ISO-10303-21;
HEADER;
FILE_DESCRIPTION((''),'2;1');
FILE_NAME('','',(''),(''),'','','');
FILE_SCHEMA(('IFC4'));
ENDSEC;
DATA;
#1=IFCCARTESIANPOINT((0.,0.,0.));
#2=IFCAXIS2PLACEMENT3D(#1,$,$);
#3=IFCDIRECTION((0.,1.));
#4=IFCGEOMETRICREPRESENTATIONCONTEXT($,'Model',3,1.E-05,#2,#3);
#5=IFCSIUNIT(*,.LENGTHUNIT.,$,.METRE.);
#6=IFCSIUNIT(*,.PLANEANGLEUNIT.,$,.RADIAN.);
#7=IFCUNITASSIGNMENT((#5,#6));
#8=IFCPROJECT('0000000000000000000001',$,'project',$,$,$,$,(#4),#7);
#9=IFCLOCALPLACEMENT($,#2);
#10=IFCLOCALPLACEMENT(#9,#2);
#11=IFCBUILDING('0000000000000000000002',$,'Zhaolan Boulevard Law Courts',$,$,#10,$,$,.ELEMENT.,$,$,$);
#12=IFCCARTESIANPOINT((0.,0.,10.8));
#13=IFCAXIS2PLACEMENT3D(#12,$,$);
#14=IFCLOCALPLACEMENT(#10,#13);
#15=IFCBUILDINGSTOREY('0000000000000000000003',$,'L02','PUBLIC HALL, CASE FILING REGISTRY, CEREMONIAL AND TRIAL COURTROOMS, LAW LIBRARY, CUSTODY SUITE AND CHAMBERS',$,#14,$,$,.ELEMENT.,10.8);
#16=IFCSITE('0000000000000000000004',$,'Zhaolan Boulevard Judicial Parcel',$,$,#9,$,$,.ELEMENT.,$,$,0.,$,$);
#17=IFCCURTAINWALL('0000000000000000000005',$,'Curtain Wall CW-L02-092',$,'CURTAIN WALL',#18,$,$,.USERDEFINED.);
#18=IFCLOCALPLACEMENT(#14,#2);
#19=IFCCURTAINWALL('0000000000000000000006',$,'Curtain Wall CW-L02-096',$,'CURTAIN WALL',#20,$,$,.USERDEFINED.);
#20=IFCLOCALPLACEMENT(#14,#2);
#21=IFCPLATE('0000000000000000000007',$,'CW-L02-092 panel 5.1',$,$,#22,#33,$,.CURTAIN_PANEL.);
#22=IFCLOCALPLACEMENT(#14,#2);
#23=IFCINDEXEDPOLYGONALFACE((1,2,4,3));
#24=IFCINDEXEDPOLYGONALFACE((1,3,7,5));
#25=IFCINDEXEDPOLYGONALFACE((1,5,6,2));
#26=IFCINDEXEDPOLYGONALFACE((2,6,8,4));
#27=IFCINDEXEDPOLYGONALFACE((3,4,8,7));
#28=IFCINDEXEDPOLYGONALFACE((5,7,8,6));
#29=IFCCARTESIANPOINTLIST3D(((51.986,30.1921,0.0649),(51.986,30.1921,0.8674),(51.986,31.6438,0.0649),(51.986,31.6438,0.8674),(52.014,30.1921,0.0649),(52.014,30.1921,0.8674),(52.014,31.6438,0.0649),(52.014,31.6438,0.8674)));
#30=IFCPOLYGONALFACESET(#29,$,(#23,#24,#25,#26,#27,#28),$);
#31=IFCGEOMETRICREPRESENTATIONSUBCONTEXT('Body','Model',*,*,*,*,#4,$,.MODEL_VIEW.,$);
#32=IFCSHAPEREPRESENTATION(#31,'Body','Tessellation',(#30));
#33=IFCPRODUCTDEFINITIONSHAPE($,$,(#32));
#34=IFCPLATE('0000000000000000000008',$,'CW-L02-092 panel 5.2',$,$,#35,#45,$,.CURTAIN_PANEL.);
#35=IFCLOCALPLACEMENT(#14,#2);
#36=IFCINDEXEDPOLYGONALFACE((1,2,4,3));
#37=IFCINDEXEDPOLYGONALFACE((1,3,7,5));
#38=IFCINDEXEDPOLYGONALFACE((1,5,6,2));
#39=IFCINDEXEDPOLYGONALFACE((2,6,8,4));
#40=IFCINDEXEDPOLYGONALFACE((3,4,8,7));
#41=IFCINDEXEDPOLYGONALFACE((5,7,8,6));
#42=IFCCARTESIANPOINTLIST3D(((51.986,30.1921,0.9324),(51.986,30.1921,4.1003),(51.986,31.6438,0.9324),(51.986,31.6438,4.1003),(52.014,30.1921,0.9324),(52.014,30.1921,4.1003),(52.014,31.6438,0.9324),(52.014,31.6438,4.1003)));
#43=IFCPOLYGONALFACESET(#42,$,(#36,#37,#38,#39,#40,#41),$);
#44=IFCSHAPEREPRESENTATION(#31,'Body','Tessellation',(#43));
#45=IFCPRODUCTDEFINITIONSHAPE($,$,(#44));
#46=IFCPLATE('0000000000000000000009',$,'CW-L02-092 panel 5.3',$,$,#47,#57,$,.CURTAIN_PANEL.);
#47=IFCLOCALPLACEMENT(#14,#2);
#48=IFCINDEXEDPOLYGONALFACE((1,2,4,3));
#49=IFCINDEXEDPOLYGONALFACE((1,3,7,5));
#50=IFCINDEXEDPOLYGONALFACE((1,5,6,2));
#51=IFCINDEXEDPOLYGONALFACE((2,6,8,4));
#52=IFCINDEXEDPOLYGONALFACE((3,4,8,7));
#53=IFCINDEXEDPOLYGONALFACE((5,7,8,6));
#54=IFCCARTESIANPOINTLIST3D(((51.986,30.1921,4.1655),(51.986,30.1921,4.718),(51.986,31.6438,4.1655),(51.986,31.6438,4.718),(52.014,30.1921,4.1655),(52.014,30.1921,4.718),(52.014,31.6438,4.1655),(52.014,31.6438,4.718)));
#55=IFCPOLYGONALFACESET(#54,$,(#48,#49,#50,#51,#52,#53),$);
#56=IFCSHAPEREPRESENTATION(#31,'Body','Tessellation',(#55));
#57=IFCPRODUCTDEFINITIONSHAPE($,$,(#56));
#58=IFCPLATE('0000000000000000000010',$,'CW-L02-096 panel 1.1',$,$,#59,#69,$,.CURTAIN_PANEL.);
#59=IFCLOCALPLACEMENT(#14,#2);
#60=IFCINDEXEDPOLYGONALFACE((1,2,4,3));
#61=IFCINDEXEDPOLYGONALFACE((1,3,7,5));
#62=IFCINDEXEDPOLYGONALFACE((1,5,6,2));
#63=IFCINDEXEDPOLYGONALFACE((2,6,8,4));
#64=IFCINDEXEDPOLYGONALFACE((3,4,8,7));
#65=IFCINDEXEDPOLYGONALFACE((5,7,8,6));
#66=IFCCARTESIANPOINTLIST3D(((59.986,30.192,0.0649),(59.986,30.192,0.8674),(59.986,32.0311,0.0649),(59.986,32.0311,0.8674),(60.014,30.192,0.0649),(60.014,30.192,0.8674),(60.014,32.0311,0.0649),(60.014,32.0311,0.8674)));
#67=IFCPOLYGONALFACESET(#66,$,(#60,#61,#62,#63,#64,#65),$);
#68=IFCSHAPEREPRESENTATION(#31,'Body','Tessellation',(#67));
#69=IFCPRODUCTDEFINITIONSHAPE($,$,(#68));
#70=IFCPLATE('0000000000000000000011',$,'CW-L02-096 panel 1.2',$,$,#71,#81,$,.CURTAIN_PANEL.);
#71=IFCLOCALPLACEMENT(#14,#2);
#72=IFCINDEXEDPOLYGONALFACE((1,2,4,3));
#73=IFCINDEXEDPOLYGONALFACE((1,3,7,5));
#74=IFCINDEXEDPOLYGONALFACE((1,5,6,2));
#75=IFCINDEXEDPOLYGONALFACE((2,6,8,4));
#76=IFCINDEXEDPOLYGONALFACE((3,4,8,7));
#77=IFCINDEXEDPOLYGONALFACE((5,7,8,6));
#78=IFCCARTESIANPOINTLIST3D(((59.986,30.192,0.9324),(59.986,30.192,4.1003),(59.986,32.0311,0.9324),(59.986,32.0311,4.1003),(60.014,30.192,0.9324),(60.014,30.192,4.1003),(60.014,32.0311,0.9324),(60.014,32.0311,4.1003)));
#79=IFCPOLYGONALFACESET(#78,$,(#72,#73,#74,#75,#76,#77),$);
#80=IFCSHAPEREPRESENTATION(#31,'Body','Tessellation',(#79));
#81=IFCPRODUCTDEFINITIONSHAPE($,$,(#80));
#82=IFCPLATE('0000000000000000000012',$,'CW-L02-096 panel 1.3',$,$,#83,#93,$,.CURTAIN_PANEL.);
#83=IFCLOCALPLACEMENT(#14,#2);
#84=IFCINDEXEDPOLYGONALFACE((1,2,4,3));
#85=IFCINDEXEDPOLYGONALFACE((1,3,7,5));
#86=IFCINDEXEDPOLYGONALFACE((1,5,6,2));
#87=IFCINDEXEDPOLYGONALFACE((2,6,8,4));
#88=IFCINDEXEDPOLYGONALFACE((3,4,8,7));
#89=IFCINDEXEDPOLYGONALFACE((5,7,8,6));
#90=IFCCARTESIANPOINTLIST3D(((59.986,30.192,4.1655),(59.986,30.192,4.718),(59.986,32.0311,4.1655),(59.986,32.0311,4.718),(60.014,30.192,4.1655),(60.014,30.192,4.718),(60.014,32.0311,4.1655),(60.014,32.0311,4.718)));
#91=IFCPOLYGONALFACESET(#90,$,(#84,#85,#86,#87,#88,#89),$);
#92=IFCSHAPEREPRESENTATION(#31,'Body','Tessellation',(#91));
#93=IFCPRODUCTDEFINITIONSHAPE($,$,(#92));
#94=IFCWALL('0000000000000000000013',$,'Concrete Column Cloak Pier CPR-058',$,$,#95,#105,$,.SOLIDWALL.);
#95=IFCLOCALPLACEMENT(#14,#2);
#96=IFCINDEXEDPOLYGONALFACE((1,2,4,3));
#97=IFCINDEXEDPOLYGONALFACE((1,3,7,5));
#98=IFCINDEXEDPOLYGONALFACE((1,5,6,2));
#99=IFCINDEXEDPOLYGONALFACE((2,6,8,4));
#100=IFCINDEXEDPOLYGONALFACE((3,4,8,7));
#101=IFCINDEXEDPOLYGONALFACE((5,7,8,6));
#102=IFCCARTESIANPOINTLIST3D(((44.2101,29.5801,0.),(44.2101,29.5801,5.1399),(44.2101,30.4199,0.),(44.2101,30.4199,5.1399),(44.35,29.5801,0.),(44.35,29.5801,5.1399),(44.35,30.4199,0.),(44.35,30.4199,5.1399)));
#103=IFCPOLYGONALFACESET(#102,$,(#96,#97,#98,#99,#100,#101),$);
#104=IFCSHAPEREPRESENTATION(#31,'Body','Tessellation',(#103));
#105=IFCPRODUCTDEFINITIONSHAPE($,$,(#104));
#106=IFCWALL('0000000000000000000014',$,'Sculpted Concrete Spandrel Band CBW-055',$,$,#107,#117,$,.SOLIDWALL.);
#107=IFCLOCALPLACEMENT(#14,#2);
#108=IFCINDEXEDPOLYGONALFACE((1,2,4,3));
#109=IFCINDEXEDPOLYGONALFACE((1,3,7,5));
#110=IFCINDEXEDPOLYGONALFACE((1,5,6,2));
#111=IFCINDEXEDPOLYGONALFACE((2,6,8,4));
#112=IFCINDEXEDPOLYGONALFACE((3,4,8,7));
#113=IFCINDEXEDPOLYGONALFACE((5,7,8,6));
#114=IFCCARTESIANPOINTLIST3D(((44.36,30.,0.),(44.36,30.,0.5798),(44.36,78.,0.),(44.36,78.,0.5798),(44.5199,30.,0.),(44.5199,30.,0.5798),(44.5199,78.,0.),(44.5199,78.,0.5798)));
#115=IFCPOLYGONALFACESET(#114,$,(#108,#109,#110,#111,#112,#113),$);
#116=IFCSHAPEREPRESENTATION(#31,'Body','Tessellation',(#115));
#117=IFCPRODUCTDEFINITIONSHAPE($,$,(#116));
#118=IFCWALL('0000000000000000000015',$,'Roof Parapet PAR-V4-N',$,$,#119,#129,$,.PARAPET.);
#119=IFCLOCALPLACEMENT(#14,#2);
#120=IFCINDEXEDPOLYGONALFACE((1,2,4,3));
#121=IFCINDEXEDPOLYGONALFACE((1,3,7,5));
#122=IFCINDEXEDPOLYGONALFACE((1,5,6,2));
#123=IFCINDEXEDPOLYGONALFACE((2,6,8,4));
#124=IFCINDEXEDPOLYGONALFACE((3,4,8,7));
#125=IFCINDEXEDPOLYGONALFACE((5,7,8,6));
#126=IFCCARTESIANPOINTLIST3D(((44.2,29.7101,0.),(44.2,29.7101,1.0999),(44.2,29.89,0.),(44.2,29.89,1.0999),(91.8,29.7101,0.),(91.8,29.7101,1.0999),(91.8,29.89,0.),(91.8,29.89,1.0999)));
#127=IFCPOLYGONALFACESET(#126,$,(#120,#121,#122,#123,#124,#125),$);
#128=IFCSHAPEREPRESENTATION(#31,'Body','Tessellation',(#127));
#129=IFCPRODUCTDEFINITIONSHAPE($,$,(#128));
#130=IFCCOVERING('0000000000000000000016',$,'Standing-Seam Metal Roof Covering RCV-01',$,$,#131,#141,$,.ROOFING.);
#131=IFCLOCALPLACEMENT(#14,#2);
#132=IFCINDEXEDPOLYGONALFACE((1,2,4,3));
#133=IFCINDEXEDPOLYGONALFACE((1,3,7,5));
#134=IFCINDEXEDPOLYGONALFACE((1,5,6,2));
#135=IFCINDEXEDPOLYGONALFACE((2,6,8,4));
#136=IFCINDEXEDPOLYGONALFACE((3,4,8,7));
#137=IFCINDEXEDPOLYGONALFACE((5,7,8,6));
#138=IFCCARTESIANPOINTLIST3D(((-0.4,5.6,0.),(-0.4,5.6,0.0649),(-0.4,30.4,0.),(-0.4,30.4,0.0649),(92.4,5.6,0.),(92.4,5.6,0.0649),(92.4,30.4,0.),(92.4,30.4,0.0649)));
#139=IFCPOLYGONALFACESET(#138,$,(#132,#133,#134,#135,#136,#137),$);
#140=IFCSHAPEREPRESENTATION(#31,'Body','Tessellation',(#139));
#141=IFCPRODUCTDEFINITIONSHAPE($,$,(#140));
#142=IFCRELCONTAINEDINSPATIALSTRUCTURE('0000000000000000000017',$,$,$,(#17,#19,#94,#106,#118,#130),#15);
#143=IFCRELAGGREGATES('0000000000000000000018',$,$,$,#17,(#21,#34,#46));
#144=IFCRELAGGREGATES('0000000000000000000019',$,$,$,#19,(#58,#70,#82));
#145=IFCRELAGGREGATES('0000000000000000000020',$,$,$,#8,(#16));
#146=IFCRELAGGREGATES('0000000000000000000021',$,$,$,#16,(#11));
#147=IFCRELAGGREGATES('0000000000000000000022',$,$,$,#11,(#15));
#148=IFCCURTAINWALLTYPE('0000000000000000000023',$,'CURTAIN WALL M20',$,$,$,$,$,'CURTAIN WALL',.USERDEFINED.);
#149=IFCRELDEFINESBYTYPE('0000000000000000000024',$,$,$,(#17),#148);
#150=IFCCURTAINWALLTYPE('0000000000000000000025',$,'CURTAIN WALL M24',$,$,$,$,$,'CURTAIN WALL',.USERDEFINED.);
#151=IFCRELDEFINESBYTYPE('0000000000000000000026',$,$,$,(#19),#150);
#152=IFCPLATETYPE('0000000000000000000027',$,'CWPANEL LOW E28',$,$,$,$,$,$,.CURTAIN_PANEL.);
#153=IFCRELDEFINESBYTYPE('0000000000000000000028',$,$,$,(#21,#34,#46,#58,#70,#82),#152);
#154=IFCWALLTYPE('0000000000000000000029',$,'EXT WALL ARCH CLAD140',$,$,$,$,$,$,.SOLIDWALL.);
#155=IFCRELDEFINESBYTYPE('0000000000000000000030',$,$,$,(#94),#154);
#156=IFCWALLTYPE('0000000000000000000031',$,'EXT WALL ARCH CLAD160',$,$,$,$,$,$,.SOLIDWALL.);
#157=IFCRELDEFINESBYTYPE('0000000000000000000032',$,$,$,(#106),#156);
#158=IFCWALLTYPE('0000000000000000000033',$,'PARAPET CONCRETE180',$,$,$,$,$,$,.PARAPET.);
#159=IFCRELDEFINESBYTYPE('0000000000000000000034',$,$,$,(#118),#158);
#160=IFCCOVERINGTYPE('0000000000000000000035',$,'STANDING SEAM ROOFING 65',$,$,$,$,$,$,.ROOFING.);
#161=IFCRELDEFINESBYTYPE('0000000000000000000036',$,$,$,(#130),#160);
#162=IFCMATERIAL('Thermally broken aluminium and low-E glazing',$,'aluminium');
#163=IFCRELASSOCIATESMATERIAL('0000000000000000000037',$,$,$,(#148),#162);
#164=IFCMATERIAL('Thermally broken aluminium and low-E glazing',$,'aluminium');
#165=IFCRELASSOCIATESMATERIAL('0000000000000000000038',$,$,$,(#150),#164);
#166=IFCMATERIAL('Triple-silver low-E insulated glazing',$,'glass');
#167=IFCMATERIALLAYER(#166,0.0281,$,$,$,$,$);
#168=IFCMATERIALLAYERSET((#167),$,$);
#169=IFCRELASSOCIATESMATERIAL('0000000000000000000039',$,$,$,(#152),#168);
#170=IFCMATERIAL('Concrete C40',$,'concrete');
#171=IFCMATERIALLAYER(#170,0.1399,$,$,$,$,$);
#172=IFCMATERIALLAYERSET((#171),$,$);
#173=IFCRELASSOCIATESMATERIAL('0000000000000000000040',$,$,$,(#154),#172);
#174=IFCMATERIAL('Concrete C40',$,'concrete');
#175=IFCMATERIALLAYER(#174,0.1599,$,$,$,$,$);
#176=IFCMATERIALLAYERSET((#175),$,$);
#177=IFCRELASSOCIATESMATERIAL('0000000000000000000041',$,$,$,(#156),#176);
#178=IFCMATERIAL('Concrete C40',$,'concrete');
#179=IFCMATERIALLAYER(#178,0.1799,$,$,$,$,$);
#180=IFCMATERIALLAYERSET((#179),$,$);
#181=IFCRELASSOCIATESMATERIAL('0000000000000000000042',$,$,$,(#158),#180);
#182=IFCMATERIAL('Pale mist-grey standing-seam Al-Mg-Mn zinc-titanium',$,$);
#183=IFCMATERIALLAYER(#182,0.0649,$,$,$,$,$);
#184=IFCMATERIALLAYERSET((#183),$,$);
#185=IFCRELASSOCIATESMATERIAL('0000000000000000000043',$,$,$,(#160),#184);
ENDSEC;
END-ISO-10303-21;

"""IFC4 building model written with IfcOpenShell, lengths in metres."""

from ifc_helpers import new_model, si_unit, direction, frame, frame_2d, origin, origin_2d, place, context, subcontext, project, spatial, rectangle, extrude, material, layer, layer_set, type_object, element, aggregate, save


model = new_model("IFC4")

# Units and contexts
model_context = context("Model", 3, precision=1e-05, world=origin(), true_north=direction((0.0, 1.0)))
body_context = subcontext(model_context, "Body", "Model", "MODEL_VIEW")
ifc_project = project(units=[si_unit("LENGTHUNIT", "METRE"), si_unit("PLANEANGLEUNIT", "RADIAN")], contexts=[model_context])

# Site, building, storey
site_placement = place(None, origin())
site = spatial("IfcSite", under=ifc_project, at=site_placement, Name="Zhaolan Boulevard Judicial Parcel", CompositionType="ELEMENT", RefElevation=0.0)
building_placement = place(site_placement, origin())
building = spatial("IfcBuilding", under=site, at=building_placement, Name="Zhaolan Boulevard Law Courts", CompositionType="ELEMENT")
storey_placement = place(building_placement, frame((0.0, 0.0, 10.8)))
storey = spatial("IfcBuildingStorey", under=building, at=storey_placement, Name="L02", Description="PUBLIC HALL, CASE FILING REGISTRY, CEREMONIAL AND TRIAL COURTROOMS, LAW LIBRARY, CUSTODY SUITE AND CHAMBERS", CompositionType="ELEMENT", Elevation=10.8)

# Curtain walls
ifc_material_1 = material(Name="Thermally broken aluminium and low-E glazing", Category="aluminium")
curtain_wall_type_1 = type_object("IfcCurtainWallType", Name="CURTAIN WALL M20", ElementType="CURTAIN WALL", PredefinedType="USERDEFINED", material=ifc_material_1)
curtain_wall_1_placement = place(storey_placement, origin())
curtain_wall_1 = element("IfcCurtainWall", 1, at=curtain_wall_1_placement, inside=storey, type_object=curtain_wall_type_1, Name="Curtain Wall CW-L02-092", ObjectType="CURTAIN WALL", PredefinedType="USERDEFINED")
ifc_material_2 = material(Name="Thermally broken aluminium and low-E glazing", Category="aluminium")
curtain_wall_type_2 = type_object("IfcCurtainWallType", Name="CURTAIN WALL M24", ElementType="CURTAIN WALL", PredefinedType="USERDEFINED", material=ifc_material_2)
curtain_wall_2_placement = place(storey_placement, origin())
curtain_wall_2 = element("IfcCurtainWall", 2, at=curtain_wall_2_placement, inside=storey, type_object=curtain_wall_type_2, Name="Curtain Wall CW-L02-096", ObjectType="CURTAIN WALL", PredefinedType="USERDEFINED")

# Plates
ifc_material_3 = material(Name="Triple-silver low-E insulated glazing", Category="glass")
ifc_layer_1 = layer(ifc_material_3, 0.0281)
ifc_layer_set_1 = layer_set([ifc_layer_1])
plate_type = type_object("IfcPlateType", Name="CWPANEL LOW E28", PredefinedType="CURTAIN_PANEL", material=ifc_layer_set_1)
plate_1_placement = place(storey_placement, frame((52.0, 30.918, 0.0649), z_axis=(0.0, 0.0, 1.0), x_axis=(0.0, -1.0, 0.0)))
plate_1 = element("IfcPlate", 3, at=plate_1_placement, type_object=plate_type, Name="CW-L02-092 panel 5.1", PredefinedType="CURTAIN_PANEL", context=body_context, shape_type="SweptSolid", body=[
    extrude(rectangle(XDim=1.4517, YDim=0.0281, at=origin_2d()), origin(), (0.0, 0.0, 1.0), 0.8025),
])
plate_2_placement = place(storey_placement, frame((52.0, 30.918, 0.9324), z_axis=(0.0, 0.0, 1.0), x_axis=(0.0, -1.0, 0.0)))
plate_2 = element("IfcPlate", 4, at=plate_2_placement, type_object=plate_type, Name="CW-L02-092 panel 5.2", PredefinedType="CURTAIN_PANEL", context=body_context, shape_type="SweptSolid", body=[
    extrude(rectangle(XDim=1.4517, YDim=0.0281, at=origin_2d()), origin(), (0.0, 0.0, 1.0), 3.168),
])
plate_3_placement = place(storey_placement, frame((52.0, 30.918, 4.1655), z_axis=(0.0, 0.0, 1.0), x_axis=(0.0, -1.0, 0.0)))
plate_3 = element("IfcPlate", 5, at=plate_3_placement, type_object=plate_type, Name="CW-L02-092 panel 5.3", PredefinedType="CURTAIN_PANEL", context=body_context, shape_type="SweptSolid", body=[
    extrude(rectangle(XDim=1.4517, YDim=0.0281, at=origin_2d()), origin(), (0.0, 0.0, 1.0), 0.5525),
])
aggregate(curtain_wall_1, [plate_1, plate_2, plate_3])
plate_4_placement = place(storey_placement, frame((60.0, 31.1116, 0.0649), z_axis=(0.0, 0.0, 1.0), x_axis=(0.0, 1.0, 0.0)))
plate_4 = element("IfcPlate", 6, at=plate_4_placement, type_object=plate_type, Name="CW-L02-096 panel 1.1", PredefinedType="CURTAIN_PANEL", context=body_context, shape_type="SweptSolid", body=[
    extrude(rectangle(XDim=1.8391, YDim=0.0281, at=origin_2d()), origin(), (0.0, 0.0, 1.0), 0.8025),
])
plate_5_placement = place(storey_placement, frame((60.0, 31.1116, 0.9324), z_axis=(0.0, 0.0, 1.0), x_axis=(0.0, 1.0, 0.0)))
plate_5 = element("IfcPlate", 7, at=plate_5_placement, type_object=plate_type, Name="CW-L02-096 panel 1.2", PredefinedType="CURTAIN_PANEL", context=body_context, shape_type="SweptSolid", body=[
    extrude(rectangle(XDim=1.8391, YDim=0.0281, at=origin_2d()), origin(), (0.0, 0.0, 1.0), 3.168),
])
plate_6_placement = place(storey_placement, frame((60.0, 31.1116, 4.1655), z_axis=(0.0, 0.0, 1.0), x_axis=(0.0, 1.0, 0.0)))
plate_6 = element("IfcPlate", 8, at=plate_6_placement, type_object=plate_type, Name="CW-L02-096 panel 1.3", PredefinedType="CURTAIN_PANEL", context=body_context, shape_type="SweptSolid", body=[
    extrude(rectangle(XDim=1.8391, YDim=0.0281, at=origin_2d()), origin(), (0.0, 0.0, 1.0), 0.5525),
])
aggregate(curtain_wall_2, [plate_4, plate_5, plate_6])

# Walls
ifc_material_4 = material(Name="Concrete C40", Category="concrete")
ifc_layer_2 = layer(ifc_material_4, 0.1399)
ifc_layer_set_2 = layer_set([ifc_layer_2])
wall_type_1 = type_object("IfcWallType", Name="EXT WALL ARCH CLAD140", PredefinedType="SOLIDWALL", material=ifc_layer_set_2)
wall_1_placement = place(storey_placement, frame((44.28, 29.5801, 0.0), z_axis=(0.0, 0.0, 1.0), x_axis=(0.0, 1.0, 0.0)))
element("IfcWall", 9, at=wall_1_placement, inside=storey, type_object=wall_type_1, Name="Concrete Column Cloak Pier CPR-058", PredefinedType="SOLIDWALL", context=body_context, shape_type="SweptSolid", body=[
    extrude(rectangle(XDim=0.8398, YDim=0.1399, at=frame_2d((0.4199, 0.0))), origin(), (0.0, 0.0, 1.0), 5.1399),
])
ifc_material_5 = material(Name="Concrete C40", Category="concrete")
ifc_layer_3 = layer(ifc_material_5, 0.1599)
ifc_layer_set_3 = layer_set([ifc_layer_3])
wall_type_2 = type_object("IfcWallType", Name="EXT WALL ARCH CLAD160", PredefinedType="SOLIDWALL", material=ifc_layer_set_3)
wall_2_placement = place(storey_placement, frame((44.4399, 30.0, 0.0), z_axis=(0.0, 0.0, 1.0), x_axis=(0.0, 1.0, 0.0)))
element("IfcWall", 10, at=wall_2_placement, inside=storey, type_object=wall_type_2, Name="Sculpted Concrete Spandrel Band CBW-055", PredefinedType="SOLIDWALL", context=body_context, shape_type="SweptSolid", body=[
    extrude(rectangle(XDim=48.0, YDim=0.1599, at=frame_2d((24.0, 0.0))), origin(), (0.0, 0.0, 1.0), 0.5798),
])
ifc_material_6 = material(Name="Concrete C40", Category="concrete")
ifc_layer_4 = layer(ifc_material_6, 0.1799)
ifc_layer_set_4 = layer_set([ifc_layer_4])
wall_type_3 = type_object("IfcWallType", Name="PARAPET CONCRETE180", PredefinedType="PARAPET", material=ifc_layer_set_4)
wall_3_placement = place(storey_placement, frame((44.2, 29.8, 0.0), z_axis=(0.0, 0.0, 1.0), x_axis=(1.0, 0.0, 0.0)))
element("IfcWall", 11, at=wall_3_placement, inside=storey, type_object=wall_type_3, Name="Roof Parapet PAR-V4-N", PredefinedType="PARAPET", context=body_context, shape_type="SweptSolid", body=[
    extrude(rectangle(XDim=47.6001, YDim=0.1799, at=frame_2d((23.8, 0.0))), origin(), (0.0, 0.0, 1.0), 1.0999),
])

# Covering
ifc_material_7 = material(Name="Pale mist-grey standing-seam Al-Mg-Mn zinc-titanium")
ifc_layer_5 = layer(ifc_material_7, 0.0649)
ifc_layer_set_5 = layer_set([ifc_layer_5])
covering_type = type_object("IfcCoveringType", Name="STANDING SEAM ROOFING 65", PredefinedType="ROOFING", material=ifc_layer_set_5)
covering_placement = place(storey_placement, frame((46.0, 18.0, 0.0), z_axis=(0.0, 0.0, 1.0), x_axis=(1.0, 0.0, 0.0)))
element("IfcCovering", 12, at=covering_placement, inside=storey, type_object=covering_type, Name="Standing-Seam Metal Roof Covering RCV-01", PredefinedType="ROOFING", context=body_context, shape_type="SweptSolid", body=[
    extrude(rectangle(XDim=92.8, YDim=24.8, at=origin_2d()), origin(), (0.0, 0.0, 1.0), 0.0649),
])

save(model, "model.ifc")
